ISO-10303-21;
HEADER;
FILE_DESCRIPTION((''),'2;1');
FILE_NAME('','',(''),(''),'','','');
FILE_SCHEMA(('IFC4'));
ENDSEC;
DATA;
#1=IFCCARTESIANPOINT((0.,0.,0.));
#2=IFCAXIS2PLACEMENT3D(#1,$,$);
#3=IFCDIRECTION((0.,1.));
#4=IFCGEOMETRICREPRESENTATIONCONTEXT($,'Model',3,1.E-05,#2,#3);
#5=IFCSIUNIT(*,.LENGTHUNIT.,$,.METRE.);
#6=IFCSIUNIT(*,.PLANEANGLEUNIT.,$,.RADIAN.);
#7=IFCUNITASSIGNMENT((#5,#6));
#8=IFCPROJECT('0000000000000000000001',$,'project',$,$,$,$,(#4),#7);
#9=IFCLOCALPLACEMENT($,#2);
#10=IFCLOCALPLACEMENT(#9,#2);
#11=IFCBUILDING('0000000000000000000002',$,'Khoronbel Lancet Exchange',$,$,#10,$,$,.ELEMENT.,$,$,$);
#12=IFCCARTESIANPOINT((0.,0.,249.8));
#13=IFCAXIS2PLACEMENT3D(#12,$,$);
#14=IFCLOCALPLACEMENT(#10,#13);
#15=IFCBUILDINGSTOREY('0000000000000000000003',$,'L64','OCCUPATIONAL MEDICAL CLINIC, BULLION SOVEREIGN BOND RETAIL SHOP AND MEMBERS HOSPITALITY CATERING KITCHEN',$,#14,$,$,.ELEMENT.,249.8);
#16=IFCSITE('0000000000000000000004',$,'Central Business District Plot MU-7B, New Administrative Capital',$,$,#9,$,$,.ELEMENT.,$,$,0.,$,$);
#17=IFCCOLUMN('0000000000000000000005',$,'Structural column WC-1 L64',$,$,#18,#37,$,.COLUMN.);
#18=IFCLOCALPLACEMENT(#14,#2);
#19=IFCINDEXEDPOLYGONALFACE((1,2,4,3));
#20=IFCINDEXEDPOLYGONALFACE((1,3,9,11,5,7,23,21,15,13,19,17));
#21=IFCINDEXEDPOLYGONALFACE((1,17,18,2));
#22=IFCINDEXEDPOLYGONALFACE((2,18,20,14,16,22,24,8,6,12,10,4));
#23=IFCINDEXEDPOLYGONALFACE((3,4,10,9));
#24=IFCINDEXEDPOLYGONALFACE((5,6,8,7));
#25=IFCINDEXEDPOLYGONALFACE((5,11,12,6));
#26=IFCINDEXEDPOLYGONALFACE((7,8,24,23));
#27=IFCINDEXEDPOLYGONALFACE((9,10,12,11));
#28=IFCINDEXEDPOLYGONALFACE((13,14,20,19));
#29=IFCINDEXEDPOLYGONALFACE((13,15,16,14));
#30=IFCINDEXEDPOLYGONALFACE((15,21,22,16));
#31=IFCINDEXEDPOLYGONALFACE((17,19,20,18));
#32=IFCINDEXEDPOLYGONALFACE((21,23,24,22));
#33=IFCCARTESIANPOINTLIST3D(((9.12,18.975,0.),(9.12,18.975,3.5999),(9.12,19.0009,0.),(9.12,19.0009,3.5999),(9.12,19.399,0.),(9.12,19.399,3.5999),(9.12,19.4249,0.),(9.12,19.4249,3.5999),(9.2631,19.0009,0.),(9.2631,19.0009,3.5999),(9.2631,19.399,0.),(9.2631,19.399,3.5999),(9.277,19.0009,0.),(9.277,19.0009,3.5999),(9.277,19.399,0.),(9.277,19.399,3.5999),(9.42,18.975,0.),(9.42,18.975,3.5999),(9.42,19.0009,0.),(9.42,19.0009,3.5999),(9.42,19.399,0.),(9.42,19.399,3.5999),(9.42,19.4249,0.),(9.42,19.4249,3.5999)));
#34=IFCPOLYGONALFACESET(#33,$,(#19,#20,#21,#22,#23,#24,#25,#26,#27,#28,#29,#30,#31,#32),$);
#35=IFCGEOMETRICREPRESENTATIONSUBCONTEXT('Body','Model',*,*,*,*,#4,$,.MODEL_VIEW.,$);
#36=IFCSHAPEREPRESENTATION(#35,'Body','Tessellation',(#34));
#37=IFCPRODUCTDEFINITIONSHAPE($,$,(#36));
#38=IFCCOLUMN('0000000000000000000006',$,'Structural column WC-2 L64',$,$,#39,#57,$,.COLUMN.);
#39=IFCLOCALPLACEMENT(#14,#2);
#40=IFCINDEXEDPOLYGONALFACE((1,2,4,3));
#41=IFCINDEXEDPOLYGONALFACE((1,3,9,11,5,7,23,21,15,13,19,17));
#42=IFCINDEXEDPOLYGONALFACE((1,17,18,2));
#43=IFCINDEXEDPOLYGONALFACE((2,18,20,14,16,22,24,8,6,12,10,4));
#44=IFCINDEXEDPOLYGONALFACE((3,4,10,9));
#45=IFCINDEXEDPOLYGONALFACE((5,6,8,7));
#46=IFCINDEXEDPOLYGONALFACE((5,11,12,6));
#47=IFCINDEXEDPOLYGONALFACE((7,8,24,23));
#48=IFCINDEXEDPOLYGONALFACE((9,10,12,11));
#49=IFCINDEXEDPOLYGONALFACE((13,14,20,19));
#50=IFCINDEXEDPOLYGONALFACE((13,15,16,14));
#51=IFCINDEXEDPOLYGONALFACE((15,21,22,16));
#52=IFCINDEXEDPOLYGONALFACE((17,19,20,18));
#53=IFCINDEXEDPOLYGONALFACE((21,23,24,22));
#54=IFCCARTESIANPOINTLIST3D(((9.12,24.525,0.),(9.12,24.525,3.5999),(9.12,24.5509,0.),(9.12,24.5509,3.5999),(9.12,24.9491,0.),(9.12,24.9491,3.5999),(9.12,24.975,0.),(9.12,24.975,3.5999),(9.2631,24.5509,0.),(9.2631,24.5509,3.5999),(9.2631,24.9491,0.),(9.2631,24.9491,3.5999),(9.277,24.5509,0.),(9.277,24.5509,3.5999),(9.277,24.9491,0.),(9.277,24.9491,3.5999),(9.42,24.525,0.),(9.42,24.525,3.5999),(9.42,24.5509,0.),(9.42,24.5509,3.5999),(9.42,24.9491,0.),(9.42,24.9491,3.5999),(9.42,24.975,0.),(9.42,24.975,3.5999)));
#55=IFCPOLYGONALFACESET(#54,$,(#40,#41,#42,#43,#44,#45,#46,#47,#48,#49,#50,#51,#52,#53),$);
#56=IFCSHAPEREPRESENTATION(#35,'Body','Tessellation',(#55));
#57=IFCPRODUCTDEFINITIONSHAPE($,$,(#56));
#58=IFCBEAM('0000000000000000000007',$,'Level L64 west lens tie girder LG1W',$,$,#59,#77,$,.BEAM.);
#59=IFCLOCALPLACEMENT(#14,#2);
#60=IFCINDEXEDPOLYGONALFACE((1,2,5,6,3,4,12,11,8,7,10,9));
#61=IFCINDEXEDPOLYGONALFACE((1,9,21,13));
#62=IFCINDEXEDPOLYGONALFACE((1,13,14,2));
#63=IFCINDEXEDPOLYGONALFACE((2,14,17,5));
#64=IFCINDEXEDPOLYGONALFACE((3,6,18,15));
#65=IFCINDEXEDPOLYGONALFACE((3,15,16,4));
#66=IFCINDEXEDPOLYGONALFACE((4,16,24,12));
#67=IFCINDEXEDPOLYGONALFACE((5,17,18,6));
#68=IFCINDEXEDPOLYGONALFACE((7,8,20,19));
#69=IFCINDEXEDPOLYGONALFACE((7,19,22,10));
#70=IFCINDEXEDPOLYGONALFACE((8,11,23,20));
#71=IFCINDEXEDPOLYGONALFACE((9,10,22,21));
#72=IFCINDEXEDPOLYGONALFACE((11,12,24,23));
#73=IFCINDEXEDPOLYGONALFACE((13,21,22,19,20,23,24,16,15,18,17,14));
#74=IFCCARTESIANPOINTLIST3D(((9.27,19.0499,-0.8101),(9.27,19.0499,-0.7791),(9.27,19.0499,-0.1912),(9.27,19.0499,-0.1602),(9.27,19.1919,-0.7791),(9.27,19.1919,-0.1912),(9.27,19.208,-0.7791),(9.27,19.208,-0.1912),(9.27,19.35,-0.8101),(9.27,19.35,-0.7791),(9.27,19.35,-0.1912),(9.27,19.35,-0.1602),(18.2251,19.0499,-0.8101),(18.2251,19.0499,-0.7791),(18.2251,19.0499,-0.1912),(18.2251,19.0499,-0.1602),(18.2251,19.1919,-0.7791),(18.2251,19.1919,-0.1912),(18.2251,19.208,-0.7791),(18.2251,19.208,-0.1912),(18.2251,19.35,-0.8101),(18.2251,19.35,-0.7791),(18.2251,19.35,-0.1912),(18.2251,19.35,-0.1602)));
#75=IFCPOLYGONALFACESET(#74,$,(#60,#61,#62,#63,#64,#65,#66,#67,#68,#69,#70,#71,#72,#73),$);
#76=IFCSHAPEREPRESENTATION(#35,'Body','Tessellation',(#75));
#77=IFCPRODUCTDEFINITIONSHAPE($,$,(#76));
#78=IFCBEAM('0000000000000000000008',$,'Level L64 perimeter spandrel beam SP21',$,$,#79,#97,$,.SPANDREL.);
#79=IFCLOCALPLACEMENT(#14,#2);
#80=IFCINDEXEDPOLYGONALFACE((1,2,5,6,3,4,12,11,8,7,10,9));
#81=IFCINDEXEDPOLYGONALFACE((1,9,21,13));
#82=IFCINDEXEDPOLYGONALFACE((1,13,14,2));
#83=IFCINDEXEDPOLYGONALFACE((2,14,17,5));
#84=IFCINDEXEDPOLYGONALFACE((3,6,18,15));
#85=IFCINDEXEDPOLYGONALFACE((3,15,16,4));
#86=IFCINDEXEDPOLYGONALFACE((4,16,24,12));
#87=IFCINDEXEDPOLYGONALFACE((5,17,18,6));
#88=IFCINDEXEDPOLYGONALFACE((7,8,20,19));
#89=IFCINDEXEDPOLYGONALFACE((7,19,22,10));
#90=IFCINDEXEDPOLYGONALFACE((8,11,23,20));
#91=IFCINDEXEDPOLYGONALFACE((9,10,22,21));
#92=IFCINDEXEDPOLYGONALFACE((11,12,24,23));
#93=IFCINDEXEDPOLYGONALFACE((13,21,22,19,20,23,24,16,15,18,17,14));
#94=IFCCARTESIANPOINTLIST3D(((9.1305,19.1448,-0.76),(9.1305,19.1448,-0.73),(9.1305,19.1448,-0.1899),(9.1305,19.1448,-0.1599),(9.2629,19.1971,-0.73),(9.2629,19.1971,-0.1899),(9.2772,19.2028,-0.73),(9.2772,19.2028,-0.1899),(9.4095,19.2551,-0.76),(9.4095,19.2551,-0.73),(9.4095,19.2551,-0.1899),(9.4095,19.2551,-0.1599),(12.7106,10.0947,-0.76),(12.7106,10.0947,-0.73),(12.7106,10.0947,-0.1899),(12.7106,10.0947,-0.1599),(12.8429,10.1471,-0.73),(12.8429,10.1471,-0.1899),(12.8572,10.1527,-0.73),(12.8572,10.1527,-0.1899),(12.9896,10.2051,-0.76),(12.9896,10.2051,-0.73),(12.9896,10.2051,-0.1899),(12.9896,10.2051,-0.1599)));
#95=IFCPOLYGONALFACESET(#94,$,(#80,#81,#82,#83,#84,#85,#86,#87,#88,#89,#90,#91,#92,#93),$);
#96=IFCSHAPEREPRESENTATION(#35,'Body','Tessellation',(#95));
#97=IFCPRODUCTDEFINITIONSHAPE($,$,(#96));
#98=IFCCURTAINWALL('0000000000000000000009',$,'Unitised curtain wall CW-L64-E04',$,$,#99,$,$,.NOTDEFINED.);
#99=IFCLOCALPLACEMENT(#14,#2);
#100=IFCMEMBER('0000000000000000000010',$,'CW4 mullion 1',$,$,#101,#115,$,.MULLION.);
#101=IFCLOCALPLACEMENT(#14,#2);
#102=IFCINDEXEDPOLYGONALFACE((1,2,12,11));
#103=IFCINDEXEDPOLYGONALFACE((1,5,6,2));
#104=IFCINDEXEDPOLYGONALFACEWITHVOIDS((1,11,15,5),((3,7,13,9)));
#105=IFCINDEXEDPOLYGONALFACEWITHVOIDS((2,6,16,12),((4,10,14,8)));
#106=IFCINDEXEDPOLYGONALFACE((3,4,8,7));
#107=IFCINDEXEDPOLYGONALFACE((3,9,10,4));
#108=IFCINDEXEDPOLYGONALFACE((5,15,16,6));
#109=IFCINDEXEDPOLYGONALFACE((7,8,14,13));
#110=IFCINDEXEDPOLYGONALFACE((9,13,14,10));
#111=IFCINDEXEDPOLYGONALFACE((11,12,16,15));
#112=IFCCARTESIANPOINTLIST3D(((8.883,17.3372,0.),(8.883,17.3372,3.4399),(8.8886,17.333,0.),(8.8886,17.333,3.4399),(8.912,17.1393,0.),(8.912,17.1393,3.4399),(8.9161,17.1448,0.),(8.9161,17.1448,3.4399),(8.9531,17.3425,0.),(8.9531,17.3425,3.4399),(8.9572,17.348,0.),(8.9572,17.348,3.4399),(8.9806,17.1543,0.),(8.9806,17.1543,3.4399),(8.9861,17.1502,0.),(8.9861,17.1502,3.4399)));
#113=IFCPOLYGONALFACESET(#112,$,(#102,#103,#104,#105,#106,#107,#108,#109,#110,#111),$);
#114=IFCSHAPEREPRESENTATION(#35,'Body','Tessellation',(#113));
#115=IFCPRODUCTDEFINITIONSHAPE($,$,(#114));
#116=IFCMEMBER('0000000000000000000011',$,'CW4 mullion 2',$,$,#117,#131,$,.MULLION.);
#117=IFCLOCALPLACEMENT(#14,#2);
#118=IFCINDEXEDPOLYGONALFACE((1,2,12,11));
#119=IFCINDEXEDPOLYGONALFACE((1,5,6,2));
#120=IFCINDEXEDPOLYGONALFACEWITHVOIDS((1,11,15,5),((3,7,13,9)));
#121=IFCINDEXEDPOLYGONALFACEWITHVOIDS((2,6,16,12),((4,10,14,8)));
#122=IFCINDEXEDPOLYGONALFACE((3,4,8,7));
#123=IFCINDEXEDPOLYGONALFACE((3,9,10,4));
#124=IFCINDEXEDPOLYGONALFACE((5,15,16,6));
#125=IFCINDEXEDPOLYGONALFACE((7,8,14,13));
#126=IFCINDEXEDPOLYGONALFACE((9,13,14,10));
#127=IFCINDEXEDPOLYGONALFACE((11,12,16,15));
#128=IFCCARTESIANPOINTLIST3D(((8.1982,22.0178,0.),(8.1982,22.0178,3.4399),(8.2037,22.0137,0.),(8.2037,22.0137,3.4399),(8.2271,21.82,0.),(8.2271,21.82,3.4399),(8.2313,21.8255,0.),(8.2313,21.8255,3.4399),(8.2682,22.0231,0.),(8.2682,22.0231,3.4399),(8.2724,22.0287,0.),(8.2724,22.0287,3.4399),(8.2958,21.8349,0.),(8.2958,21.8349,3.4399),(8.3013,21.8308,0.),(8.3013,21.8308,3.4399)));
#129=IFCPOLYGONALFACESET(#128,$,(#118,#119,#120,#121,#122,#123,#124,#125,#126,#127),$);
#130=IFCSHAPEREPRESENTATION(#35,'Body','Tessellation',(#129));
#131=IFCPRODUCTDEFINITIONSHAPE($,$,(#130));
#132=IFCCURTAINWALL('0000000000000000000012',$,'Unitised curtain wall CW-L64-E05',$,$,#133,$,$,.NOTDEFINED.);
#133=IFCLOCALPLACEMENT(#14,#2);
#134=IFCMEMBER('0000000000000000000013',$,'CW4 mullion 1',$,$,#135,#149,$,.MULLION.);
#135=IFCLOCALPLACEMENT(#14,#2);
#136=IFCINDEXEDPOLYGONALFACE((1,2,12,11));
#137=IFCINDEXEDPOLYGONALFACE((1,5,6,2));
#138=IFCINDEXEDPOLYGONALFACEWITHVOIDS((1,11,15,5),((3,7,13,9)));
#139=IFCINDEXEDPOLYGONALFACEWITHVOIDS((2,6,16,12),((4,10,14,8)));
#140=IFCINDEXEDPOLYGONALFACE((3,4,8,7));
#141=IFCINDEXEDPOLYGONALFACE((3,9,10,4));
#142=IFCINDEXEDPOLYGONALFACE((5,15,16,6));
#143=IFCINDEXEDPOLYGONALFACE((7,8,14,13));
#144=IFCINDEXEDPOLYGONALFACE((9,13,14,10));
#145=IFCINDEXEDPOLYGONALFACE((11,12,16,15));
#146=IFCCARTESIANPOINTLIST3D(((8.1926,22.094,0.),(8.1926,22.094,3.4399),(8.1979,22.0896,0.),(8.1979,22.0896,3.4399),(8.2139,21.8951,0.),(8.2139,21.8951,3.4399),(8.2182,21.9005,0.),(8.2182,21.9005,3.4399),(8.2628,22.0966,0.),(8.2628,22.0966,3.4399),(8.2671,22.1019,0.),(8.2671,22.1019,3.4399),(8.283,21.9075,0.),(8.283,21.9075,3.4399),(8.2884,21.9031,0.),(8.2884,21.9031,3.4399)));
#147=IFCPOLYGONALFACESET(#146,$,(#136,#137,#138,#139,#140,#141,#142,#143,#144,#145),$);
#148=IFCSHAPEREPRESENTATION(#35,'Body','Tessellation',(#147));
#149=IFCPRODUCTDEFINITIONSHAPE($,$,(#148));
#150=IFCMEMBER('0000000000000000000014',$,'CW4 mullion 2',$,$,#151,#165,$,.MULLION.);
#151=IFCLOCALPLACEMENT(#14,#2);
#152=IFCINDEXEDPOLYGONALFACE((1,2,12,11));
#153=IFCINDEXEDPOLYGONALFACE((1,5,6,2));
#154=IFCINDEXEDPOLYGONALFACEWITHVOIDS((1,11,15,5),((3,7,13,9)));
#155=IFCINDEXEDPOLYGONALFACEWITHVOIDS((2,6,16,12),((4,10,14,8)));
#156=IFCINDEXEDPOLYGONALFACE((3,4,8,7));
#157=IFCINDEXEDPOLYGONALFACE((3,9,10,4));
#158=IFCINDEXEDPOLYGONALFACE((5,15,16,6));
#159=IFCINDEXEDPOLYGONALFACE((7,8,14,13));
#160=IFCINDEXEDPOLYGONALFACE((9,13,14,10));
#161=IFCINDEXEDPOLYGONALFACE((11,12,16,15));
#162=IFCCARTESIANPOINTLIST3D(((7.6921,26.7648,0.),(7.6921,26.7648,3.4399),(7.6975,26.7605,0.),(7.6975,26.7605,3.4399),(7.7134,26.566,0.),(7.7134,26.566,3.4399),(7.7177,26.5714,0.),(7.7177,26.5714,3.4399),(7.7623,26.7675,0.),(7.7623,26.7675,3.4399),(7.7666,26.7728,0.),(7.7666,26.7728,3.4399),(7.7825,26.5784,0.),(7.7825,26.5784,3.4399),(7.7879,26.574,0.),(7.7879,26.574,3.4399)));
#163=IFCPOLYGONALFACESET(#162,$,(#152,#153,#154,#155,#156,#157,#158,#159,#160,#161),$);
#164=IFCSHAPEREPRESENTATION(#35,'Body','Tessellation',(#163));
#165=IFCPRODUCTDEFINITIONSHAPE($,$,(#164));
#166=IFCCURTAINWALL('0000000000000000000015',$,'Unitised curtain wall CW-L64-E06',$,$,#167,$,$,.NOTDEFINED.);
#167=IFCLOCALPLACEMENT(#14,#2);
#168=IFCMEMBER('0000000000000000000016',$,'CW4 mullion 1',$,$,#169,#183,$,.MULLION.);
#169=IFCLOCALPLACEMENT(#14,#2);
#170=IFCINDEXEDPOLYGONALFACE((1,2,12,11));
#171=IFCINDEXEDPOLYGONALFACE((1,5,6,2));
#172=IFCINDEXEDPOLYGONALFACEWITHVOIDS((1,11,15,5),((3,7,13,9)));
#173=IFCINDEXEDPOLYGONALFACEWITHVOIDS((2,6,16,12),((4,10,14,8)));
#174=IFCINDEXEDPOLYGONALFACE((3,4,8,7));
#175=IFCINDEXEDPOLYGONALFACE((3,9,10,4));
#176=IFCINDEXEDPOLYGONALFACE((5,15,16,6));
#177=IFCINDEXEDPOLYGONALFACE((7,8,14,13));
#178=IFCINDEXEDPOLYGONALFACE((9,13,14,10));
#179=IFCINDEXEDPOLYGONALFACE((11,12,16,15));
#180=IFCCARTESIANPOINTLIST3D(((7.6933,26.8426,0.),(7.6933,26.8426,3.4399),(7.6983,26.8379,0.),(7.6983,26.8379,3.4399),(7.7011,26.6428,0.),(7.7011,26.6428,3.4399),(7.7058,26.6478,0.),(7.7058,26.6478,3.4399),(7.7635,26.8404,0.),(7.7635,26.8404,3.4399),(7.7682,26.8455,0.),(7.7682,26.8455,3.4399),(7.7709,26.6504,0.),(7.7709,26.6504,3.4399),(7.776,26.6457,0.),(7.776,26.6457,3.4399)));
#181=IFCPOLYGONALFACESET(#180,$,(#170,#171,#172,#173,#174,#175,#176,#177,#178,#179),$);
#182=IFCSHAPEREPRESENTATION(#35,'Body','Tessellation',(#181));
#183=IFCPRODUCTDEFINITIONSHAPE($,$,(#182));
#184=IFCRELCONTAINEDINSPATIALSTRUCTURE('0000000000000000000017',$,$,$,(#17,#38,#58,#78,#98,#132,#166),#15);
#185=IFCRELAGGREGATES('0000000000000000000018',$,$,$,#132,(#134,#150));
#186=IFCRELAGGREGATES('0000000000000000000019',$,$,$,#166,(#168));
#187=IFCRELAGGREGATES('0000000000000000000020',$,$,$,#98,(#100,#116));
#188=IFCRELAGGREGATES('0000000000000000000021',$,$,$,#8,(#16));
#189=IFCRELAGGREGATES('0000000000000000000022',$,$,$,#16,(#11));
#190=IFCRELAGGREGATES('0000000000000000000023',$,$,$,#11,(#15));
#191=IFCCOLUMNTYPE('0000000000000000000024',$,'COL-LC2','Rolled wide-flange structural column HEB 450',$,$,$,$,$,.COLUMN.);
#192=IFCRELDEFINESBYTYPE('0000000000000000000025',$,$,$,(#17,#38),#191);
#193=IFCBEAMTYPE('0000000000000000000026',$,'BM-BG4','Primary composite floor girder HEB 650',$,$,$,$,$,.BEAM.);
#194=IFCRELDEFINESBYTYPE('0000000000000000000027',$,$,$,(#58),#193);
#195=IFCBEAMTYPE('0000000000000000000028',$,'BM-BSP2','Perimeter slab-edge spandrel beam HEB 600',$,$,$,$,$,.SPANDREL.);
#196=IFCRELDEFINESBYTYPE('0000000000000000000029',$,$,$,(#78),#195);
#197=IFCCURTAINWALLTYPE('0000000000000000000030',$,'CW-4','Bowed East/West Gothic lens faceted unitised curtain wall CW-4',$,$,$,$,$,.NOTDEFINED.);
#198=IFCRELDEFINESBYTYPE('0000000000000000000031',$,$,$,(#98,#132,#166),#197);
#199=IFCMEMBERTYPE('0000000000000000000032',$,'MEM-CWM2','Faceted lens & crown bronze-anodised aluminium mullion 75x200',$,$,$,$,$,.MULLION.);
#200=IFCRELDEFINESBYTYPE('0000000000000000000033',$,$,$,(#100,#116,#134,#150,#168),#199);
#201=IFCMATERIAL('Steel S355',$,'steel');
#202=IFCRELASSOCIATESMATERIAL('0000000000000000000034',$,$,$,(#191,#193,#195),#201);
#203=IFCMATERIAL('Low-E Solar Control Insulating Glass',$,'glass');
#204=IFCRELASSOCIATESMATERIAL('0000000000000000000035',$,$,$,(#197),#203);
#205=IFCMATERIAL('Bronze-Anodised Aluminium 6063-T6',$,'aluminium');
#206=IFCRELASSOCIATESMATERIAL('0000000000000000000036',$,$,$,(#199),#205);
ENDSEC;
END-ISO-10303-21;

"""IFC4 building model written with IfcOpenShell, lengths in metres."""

from ifc_helpers import new_model, si_unit, direction, frame, origin, origin_2d, place, context, subcontext, project, spatial, hollow_rectangle, i_section, extrude, material, material_profile, profile_set, type_object, element, aggregate, save


model = new_model("IFC4")

# Units and contexts
model_context = context("Model", 3, precision=1e-05, world=origin(), true_north=direction((0.0, 1.0)))
body_context = subcontext(model_context, "Body", "Model", "MODEL_VIEW")
ifc_project = project(units=[si_unit("LENGTHUNIT", "METRE"), si_unit("PLANEANGLEUNIT", "RADIAN")], contexts=[model_context])

# Site, building, storey
site_placement = place(None, origin())
site = spatial("IfcSite", under=ifc_project, at=site_placement, Name="Central Business District Plot MU-7B, New Administrative Capital", CompositionType="ELEMENT", RefElevation=0.0)
building_placement = place(site_placement, origin())
building = spatial("IfcBuilding", under=site, at=building_placement, Name="Khoronbel Lancet Exchange", CompositionType="ELEMENT")
storey_placement = place(building_placement, frame((0.0, 0.0, 249.8)))
storey = spatial("IfcBuildingStorey", under=building, at=storey_placement, Name="L64", Description="OCCUPATIONAL MEDICAL CLINIC, BULLION SOVEREIGN BOND RETAIL SHOP AND MEMBERS HOSPITALITY CATERING KITCHEN", CompositionType="ELEMENT", Elevation=249.8)

# Columns
ifc_material_1 = material(Name="Steel S355", Category="steel")
ifc_material_profile_1 = material_profile(ifc_material_1, i_section(OverallWidth=0.3, OverallDepth=0.45, WebThickness=0.0139, FlangeThickness=0.0259, at=origin_2d()), Name="HEB 450")
ifc_profile_set_1 = profile_set([ifc_material_profile_1], Name="Steel S355")
column_type = type_object("IfcColumnType", Name="COL-LC2", Description="Rolled wide-flange structural column HEB 450", PredefinedType="COLUMN", material=ifc_profile_set_1)
for number, where, z_axis, x_axis, name in (
    (1, (9.27, 19.2, 0.0), (0.0, 0.0, 1.0), (1.0, 0.0, 0.0), "Structural column WC-1 L64"),
    (2, (9.27, 24.75, 0.0), (0.0, 0.0, 1.0), (1.0, 0.0, 0.0), "Structural column WC-2 L64"),
):
    element("IfcColumn", number, at=place(storey_placement, frame(where, z_axis=z_axis, x_axis=x_axis)), inside=storey, type_object=column_type, Name=name, PredefinedType="COLUMN", context=body_context, shape_type="SweptSolid", body=[
        extrude(i_section(OverallWidth=0.3, OverallDepth=0.45, WebThickness=0.0139, FlangeThickness=0.0259, at=origin_2d()), origin(), (0.0, 0.0, 1.0), 3.5999),
    ])

# Beams
ifc_material_profile_2 = material_profile(ifc_material_1, i_section(OverallWidth=0.3, OverallDepth=0.6499, WebThickness=0.0161, FlangeThickness=0.031, at=origin_2d()), Name="HEB 650")
ifc_profile_set_2 = profile_set([ifc_material_profile_2], Name="Steel S355")
beam_type_1 = type_object("IfcBeamType", Name="BM-BG4", Description="Primary composite floor girder HEB 650", PredefinedType="BEAM", material=ifc_profile_set_2)
beam_1_placement = place(storey_placement, frame((9.27, 19.2, -0.4851), z_axis=(1.0, 0.0, 0.0), x_axis=(0.0, 1.0, 0.0)))
element("IfcBeam", 3, at=beam_1_placement, inside=storey, type_object=beam_type_1, Name="Level L64 west lens tie girder LG1W", PredefinedType="BEAM", context=body_context, shape_type="SweptSolid", body=[
    extrude(i_section(OverallWidth=0.3, OverallDepth=0.6499, WebThickness=0.0161, FlangeThickness=0.031, at=origin_2d()), origin(), (0.0, 0.0, 1.0), 8.9551),
])
ifc_material_profile_3 = material_profile(ifc_material_1, i_section(OverallWidth=0.3, OverallDepth=0.6001, WebThickness=0.0154, FlangeThickness=0.03, at=origin_2d()), Name="HEB 600")
ifc_profile_set_3 = profile_set([ifc_material_profile_3], Name="Steel S355")
beam_type_2 = type_object("IfcBeamType", Name="BM-BSP2", Description="Perimeter slab-edge spandrel beam HEB 600", PredefinedType="SPANDREL", material=ifc_profile_set_3)
beam_2_placement = place(storey_placement, frame((9.27, 19.2, -0.46), z_axis=(0.36785, -0.929885, 0.0), x_axis=(0.929885, 0.36785, 0.0)))
element("IfcBeam", 4, at=beam_2_placement, inside=storey, type_object=beam_type_2, Name="Level L64 perimeter spandrel beam SP21", PredefinedType="SPANDREL", context=body_context, shape_type="SweptSolid", body=[
    extrude(i_section(OverallWidth=0.3, OverallDepth=0.6001, WebThickness=0.0154, FlangeThickness=0.03, at=origin_2d()), origin(), (0.0, 0.0, 1.0), 9.7324),
])

# Curtain walls, members
ifc_material_2 = material(Name="Low-E Solar Control Insulating Glass", Category="glass")
curtain_wall_type = type_object("IfcCurtainWallType", Name="CW-4", Description="Bowed East/West Gothic lens faceted unitised curtain wall CW-4", PredefinedType="NOTDEFINED", material=ifc_material_2)
curtain_wall_1_placement = place(storey_placement, origin())
curtain_wall_1 = element("IfcCurtainWall", 5, at=curtain_wall_1_placement, inside=storey, type_object=curtain_wall_type, Name="Unitised curtain wall CW-L64-E04", PredefinedType="NOTDEFINED")
ifc_material_3 = material(Name="Bronze-Anodised Aluminium 6063-T6", Category="aluminium")
ifc_material_profile_4 = material_profile(ifc_material_3, hollow_rectangle(XDim=0.075, YDim=0.2, WallThickness=0.0049, at=origin_2d()), Name="ALU MULLION 75x200")
ifc_profile_set_4 = profile_set([ifc_material_profile_4], Name="Bronze-Anodised Aluminium 6063-T6")
member_type_1 = type_object("IfcMemberType", Name="MEM-CWM2", Description="Faceted lens & crown bronze-anodised aluminium mullion 75x200", PredefinedType="MULLION", material=ifc_profile_set_4)
member_1_placement = place(storey_placement, frame((8.9346, 17.2437, 0.0), z_axis=(0.0, 0.0, 1.0), x_axis=(-0.989468, -0.144753, 0.0)))
member_1 = element("IfcMember", 6, at=member_1_placement, type_object=member_type_1, Name="CW4 mullion 1", PredefinedType="MULLION", context=body_context, shape_type="SweptSolid", body=[
    extrude(hollow_rectangle(XDim=0.075, YDim=0.2, WallThickness=0.0049, at=origin_2d()), origin(), (0.0, 0.0, 1.0), 3.4399),
])
member_2_placement = place(storey_placement, frame((8.2498, 21.9243, 0.0), z_axis=(0.0, 0.0, 1.0), x_axis=(-0.989468, -0.144753, 0.0)))
member_2 = element("IfcMember", 7, at=member_2_placement, type_object=member_type_1, Name="CW4 mullion 2", PredefinedType="MULLION", context=body_context, shape_type="SweptSolid", body=[
    extrude(hollow_rectangle(XDim=0.075, YDim=0.2, WallThickness=0.0049, at=origin_2d()), origin(), (0.0, 0.0, 1.0), 3.4399),
])
curtain_wall_2_placement = place(storey_placement, origin())
curtain_wall_2 = element("IfcCurtainWall", 8, at=curtain_wall_2_placement, inside=storey, type_object=curtain_wall_type, Name="Unitised curtain wall CW-L64-E05", PredefinedType="NOTDEFINED")
member_3_placement = place(storey_placement, frame((8.2405, 21.9985, 0.0), z_axis=(0.0, 0.0, 1.0), x_axis=(-0.994312, -0.106507, 0.0)))
member_3 = element("IfcMember", 9, at=member_3_placement, type_object=member_type_1, Name="CW4 mullion 1", PredefinedType="MULLION", context=body_context, shape_type="SweptSolid", body=[
    extrude(hollow_rectangle(XDim=0.075, YDim=0.2, WallThickness=0.0049, at=origin_2d()), origin(), (0.0, 0.0, 1.0), 3.4399),
])
member_4_placement = place(storey_placement, frame((7.74, 26.6694, 0.0), z_axis=(0.0, 0.0, 1.0), x_axis=(-0.994312, -0.106507, 0.0)))
member_4 = element("IfcMember", 10, at=member_4_placement, type_object=member_type_1, Name="CW4 mullion 2", PredefinedType="MULLION", context=body_context, shape_type="SweptSolid", body=[
    extrude(hollow_rectangle(XDim=0.075, YDim=0.2, WallThickness=0.0049, at=origin_2d()), origin(), (0.0, 0.0, 1.0), 3.4399),
])
curtain_wall_3_placement = place(storey_placement, origin())
curtain_wall_3 = element("IfcCurtainWall", 11, at=curtain_wall_3_placement, inside=storey, type_object=curtain_wall_type, Name="Unitised curtain wall CW-L64-E06", PredefinedType="NOTDEFINED")
member_5_placement = place(storey_placement, frame((7.7346, 26.7441, 0.0), z_axis=(0.0, 0.0, 1.0), x_axis=(-0.999233, -0.039161, 0.0)))
member_5 = element("IfcMember", 12, at=member_5_placement, type_object=member_type_1, Name="CW4 mullion 1", PredefinedType="MULLION", context=body_context, shape_type="SweptSolid", body=[
    extrude(hollow_rectangle(XDim=0.075, YDim=0.2, WallThickness=0.0049, at=origin_2d()), origin(), (0.0, 0.0, 1.0), 3.4399),
])

aggregate(curtain_wall_2, [member_3, member_4])
aggregate(curtain_wall_3, [member_5])
aggregate(curtain_wall_1, [member_1, member_2])

save(model, "model.ifc")
